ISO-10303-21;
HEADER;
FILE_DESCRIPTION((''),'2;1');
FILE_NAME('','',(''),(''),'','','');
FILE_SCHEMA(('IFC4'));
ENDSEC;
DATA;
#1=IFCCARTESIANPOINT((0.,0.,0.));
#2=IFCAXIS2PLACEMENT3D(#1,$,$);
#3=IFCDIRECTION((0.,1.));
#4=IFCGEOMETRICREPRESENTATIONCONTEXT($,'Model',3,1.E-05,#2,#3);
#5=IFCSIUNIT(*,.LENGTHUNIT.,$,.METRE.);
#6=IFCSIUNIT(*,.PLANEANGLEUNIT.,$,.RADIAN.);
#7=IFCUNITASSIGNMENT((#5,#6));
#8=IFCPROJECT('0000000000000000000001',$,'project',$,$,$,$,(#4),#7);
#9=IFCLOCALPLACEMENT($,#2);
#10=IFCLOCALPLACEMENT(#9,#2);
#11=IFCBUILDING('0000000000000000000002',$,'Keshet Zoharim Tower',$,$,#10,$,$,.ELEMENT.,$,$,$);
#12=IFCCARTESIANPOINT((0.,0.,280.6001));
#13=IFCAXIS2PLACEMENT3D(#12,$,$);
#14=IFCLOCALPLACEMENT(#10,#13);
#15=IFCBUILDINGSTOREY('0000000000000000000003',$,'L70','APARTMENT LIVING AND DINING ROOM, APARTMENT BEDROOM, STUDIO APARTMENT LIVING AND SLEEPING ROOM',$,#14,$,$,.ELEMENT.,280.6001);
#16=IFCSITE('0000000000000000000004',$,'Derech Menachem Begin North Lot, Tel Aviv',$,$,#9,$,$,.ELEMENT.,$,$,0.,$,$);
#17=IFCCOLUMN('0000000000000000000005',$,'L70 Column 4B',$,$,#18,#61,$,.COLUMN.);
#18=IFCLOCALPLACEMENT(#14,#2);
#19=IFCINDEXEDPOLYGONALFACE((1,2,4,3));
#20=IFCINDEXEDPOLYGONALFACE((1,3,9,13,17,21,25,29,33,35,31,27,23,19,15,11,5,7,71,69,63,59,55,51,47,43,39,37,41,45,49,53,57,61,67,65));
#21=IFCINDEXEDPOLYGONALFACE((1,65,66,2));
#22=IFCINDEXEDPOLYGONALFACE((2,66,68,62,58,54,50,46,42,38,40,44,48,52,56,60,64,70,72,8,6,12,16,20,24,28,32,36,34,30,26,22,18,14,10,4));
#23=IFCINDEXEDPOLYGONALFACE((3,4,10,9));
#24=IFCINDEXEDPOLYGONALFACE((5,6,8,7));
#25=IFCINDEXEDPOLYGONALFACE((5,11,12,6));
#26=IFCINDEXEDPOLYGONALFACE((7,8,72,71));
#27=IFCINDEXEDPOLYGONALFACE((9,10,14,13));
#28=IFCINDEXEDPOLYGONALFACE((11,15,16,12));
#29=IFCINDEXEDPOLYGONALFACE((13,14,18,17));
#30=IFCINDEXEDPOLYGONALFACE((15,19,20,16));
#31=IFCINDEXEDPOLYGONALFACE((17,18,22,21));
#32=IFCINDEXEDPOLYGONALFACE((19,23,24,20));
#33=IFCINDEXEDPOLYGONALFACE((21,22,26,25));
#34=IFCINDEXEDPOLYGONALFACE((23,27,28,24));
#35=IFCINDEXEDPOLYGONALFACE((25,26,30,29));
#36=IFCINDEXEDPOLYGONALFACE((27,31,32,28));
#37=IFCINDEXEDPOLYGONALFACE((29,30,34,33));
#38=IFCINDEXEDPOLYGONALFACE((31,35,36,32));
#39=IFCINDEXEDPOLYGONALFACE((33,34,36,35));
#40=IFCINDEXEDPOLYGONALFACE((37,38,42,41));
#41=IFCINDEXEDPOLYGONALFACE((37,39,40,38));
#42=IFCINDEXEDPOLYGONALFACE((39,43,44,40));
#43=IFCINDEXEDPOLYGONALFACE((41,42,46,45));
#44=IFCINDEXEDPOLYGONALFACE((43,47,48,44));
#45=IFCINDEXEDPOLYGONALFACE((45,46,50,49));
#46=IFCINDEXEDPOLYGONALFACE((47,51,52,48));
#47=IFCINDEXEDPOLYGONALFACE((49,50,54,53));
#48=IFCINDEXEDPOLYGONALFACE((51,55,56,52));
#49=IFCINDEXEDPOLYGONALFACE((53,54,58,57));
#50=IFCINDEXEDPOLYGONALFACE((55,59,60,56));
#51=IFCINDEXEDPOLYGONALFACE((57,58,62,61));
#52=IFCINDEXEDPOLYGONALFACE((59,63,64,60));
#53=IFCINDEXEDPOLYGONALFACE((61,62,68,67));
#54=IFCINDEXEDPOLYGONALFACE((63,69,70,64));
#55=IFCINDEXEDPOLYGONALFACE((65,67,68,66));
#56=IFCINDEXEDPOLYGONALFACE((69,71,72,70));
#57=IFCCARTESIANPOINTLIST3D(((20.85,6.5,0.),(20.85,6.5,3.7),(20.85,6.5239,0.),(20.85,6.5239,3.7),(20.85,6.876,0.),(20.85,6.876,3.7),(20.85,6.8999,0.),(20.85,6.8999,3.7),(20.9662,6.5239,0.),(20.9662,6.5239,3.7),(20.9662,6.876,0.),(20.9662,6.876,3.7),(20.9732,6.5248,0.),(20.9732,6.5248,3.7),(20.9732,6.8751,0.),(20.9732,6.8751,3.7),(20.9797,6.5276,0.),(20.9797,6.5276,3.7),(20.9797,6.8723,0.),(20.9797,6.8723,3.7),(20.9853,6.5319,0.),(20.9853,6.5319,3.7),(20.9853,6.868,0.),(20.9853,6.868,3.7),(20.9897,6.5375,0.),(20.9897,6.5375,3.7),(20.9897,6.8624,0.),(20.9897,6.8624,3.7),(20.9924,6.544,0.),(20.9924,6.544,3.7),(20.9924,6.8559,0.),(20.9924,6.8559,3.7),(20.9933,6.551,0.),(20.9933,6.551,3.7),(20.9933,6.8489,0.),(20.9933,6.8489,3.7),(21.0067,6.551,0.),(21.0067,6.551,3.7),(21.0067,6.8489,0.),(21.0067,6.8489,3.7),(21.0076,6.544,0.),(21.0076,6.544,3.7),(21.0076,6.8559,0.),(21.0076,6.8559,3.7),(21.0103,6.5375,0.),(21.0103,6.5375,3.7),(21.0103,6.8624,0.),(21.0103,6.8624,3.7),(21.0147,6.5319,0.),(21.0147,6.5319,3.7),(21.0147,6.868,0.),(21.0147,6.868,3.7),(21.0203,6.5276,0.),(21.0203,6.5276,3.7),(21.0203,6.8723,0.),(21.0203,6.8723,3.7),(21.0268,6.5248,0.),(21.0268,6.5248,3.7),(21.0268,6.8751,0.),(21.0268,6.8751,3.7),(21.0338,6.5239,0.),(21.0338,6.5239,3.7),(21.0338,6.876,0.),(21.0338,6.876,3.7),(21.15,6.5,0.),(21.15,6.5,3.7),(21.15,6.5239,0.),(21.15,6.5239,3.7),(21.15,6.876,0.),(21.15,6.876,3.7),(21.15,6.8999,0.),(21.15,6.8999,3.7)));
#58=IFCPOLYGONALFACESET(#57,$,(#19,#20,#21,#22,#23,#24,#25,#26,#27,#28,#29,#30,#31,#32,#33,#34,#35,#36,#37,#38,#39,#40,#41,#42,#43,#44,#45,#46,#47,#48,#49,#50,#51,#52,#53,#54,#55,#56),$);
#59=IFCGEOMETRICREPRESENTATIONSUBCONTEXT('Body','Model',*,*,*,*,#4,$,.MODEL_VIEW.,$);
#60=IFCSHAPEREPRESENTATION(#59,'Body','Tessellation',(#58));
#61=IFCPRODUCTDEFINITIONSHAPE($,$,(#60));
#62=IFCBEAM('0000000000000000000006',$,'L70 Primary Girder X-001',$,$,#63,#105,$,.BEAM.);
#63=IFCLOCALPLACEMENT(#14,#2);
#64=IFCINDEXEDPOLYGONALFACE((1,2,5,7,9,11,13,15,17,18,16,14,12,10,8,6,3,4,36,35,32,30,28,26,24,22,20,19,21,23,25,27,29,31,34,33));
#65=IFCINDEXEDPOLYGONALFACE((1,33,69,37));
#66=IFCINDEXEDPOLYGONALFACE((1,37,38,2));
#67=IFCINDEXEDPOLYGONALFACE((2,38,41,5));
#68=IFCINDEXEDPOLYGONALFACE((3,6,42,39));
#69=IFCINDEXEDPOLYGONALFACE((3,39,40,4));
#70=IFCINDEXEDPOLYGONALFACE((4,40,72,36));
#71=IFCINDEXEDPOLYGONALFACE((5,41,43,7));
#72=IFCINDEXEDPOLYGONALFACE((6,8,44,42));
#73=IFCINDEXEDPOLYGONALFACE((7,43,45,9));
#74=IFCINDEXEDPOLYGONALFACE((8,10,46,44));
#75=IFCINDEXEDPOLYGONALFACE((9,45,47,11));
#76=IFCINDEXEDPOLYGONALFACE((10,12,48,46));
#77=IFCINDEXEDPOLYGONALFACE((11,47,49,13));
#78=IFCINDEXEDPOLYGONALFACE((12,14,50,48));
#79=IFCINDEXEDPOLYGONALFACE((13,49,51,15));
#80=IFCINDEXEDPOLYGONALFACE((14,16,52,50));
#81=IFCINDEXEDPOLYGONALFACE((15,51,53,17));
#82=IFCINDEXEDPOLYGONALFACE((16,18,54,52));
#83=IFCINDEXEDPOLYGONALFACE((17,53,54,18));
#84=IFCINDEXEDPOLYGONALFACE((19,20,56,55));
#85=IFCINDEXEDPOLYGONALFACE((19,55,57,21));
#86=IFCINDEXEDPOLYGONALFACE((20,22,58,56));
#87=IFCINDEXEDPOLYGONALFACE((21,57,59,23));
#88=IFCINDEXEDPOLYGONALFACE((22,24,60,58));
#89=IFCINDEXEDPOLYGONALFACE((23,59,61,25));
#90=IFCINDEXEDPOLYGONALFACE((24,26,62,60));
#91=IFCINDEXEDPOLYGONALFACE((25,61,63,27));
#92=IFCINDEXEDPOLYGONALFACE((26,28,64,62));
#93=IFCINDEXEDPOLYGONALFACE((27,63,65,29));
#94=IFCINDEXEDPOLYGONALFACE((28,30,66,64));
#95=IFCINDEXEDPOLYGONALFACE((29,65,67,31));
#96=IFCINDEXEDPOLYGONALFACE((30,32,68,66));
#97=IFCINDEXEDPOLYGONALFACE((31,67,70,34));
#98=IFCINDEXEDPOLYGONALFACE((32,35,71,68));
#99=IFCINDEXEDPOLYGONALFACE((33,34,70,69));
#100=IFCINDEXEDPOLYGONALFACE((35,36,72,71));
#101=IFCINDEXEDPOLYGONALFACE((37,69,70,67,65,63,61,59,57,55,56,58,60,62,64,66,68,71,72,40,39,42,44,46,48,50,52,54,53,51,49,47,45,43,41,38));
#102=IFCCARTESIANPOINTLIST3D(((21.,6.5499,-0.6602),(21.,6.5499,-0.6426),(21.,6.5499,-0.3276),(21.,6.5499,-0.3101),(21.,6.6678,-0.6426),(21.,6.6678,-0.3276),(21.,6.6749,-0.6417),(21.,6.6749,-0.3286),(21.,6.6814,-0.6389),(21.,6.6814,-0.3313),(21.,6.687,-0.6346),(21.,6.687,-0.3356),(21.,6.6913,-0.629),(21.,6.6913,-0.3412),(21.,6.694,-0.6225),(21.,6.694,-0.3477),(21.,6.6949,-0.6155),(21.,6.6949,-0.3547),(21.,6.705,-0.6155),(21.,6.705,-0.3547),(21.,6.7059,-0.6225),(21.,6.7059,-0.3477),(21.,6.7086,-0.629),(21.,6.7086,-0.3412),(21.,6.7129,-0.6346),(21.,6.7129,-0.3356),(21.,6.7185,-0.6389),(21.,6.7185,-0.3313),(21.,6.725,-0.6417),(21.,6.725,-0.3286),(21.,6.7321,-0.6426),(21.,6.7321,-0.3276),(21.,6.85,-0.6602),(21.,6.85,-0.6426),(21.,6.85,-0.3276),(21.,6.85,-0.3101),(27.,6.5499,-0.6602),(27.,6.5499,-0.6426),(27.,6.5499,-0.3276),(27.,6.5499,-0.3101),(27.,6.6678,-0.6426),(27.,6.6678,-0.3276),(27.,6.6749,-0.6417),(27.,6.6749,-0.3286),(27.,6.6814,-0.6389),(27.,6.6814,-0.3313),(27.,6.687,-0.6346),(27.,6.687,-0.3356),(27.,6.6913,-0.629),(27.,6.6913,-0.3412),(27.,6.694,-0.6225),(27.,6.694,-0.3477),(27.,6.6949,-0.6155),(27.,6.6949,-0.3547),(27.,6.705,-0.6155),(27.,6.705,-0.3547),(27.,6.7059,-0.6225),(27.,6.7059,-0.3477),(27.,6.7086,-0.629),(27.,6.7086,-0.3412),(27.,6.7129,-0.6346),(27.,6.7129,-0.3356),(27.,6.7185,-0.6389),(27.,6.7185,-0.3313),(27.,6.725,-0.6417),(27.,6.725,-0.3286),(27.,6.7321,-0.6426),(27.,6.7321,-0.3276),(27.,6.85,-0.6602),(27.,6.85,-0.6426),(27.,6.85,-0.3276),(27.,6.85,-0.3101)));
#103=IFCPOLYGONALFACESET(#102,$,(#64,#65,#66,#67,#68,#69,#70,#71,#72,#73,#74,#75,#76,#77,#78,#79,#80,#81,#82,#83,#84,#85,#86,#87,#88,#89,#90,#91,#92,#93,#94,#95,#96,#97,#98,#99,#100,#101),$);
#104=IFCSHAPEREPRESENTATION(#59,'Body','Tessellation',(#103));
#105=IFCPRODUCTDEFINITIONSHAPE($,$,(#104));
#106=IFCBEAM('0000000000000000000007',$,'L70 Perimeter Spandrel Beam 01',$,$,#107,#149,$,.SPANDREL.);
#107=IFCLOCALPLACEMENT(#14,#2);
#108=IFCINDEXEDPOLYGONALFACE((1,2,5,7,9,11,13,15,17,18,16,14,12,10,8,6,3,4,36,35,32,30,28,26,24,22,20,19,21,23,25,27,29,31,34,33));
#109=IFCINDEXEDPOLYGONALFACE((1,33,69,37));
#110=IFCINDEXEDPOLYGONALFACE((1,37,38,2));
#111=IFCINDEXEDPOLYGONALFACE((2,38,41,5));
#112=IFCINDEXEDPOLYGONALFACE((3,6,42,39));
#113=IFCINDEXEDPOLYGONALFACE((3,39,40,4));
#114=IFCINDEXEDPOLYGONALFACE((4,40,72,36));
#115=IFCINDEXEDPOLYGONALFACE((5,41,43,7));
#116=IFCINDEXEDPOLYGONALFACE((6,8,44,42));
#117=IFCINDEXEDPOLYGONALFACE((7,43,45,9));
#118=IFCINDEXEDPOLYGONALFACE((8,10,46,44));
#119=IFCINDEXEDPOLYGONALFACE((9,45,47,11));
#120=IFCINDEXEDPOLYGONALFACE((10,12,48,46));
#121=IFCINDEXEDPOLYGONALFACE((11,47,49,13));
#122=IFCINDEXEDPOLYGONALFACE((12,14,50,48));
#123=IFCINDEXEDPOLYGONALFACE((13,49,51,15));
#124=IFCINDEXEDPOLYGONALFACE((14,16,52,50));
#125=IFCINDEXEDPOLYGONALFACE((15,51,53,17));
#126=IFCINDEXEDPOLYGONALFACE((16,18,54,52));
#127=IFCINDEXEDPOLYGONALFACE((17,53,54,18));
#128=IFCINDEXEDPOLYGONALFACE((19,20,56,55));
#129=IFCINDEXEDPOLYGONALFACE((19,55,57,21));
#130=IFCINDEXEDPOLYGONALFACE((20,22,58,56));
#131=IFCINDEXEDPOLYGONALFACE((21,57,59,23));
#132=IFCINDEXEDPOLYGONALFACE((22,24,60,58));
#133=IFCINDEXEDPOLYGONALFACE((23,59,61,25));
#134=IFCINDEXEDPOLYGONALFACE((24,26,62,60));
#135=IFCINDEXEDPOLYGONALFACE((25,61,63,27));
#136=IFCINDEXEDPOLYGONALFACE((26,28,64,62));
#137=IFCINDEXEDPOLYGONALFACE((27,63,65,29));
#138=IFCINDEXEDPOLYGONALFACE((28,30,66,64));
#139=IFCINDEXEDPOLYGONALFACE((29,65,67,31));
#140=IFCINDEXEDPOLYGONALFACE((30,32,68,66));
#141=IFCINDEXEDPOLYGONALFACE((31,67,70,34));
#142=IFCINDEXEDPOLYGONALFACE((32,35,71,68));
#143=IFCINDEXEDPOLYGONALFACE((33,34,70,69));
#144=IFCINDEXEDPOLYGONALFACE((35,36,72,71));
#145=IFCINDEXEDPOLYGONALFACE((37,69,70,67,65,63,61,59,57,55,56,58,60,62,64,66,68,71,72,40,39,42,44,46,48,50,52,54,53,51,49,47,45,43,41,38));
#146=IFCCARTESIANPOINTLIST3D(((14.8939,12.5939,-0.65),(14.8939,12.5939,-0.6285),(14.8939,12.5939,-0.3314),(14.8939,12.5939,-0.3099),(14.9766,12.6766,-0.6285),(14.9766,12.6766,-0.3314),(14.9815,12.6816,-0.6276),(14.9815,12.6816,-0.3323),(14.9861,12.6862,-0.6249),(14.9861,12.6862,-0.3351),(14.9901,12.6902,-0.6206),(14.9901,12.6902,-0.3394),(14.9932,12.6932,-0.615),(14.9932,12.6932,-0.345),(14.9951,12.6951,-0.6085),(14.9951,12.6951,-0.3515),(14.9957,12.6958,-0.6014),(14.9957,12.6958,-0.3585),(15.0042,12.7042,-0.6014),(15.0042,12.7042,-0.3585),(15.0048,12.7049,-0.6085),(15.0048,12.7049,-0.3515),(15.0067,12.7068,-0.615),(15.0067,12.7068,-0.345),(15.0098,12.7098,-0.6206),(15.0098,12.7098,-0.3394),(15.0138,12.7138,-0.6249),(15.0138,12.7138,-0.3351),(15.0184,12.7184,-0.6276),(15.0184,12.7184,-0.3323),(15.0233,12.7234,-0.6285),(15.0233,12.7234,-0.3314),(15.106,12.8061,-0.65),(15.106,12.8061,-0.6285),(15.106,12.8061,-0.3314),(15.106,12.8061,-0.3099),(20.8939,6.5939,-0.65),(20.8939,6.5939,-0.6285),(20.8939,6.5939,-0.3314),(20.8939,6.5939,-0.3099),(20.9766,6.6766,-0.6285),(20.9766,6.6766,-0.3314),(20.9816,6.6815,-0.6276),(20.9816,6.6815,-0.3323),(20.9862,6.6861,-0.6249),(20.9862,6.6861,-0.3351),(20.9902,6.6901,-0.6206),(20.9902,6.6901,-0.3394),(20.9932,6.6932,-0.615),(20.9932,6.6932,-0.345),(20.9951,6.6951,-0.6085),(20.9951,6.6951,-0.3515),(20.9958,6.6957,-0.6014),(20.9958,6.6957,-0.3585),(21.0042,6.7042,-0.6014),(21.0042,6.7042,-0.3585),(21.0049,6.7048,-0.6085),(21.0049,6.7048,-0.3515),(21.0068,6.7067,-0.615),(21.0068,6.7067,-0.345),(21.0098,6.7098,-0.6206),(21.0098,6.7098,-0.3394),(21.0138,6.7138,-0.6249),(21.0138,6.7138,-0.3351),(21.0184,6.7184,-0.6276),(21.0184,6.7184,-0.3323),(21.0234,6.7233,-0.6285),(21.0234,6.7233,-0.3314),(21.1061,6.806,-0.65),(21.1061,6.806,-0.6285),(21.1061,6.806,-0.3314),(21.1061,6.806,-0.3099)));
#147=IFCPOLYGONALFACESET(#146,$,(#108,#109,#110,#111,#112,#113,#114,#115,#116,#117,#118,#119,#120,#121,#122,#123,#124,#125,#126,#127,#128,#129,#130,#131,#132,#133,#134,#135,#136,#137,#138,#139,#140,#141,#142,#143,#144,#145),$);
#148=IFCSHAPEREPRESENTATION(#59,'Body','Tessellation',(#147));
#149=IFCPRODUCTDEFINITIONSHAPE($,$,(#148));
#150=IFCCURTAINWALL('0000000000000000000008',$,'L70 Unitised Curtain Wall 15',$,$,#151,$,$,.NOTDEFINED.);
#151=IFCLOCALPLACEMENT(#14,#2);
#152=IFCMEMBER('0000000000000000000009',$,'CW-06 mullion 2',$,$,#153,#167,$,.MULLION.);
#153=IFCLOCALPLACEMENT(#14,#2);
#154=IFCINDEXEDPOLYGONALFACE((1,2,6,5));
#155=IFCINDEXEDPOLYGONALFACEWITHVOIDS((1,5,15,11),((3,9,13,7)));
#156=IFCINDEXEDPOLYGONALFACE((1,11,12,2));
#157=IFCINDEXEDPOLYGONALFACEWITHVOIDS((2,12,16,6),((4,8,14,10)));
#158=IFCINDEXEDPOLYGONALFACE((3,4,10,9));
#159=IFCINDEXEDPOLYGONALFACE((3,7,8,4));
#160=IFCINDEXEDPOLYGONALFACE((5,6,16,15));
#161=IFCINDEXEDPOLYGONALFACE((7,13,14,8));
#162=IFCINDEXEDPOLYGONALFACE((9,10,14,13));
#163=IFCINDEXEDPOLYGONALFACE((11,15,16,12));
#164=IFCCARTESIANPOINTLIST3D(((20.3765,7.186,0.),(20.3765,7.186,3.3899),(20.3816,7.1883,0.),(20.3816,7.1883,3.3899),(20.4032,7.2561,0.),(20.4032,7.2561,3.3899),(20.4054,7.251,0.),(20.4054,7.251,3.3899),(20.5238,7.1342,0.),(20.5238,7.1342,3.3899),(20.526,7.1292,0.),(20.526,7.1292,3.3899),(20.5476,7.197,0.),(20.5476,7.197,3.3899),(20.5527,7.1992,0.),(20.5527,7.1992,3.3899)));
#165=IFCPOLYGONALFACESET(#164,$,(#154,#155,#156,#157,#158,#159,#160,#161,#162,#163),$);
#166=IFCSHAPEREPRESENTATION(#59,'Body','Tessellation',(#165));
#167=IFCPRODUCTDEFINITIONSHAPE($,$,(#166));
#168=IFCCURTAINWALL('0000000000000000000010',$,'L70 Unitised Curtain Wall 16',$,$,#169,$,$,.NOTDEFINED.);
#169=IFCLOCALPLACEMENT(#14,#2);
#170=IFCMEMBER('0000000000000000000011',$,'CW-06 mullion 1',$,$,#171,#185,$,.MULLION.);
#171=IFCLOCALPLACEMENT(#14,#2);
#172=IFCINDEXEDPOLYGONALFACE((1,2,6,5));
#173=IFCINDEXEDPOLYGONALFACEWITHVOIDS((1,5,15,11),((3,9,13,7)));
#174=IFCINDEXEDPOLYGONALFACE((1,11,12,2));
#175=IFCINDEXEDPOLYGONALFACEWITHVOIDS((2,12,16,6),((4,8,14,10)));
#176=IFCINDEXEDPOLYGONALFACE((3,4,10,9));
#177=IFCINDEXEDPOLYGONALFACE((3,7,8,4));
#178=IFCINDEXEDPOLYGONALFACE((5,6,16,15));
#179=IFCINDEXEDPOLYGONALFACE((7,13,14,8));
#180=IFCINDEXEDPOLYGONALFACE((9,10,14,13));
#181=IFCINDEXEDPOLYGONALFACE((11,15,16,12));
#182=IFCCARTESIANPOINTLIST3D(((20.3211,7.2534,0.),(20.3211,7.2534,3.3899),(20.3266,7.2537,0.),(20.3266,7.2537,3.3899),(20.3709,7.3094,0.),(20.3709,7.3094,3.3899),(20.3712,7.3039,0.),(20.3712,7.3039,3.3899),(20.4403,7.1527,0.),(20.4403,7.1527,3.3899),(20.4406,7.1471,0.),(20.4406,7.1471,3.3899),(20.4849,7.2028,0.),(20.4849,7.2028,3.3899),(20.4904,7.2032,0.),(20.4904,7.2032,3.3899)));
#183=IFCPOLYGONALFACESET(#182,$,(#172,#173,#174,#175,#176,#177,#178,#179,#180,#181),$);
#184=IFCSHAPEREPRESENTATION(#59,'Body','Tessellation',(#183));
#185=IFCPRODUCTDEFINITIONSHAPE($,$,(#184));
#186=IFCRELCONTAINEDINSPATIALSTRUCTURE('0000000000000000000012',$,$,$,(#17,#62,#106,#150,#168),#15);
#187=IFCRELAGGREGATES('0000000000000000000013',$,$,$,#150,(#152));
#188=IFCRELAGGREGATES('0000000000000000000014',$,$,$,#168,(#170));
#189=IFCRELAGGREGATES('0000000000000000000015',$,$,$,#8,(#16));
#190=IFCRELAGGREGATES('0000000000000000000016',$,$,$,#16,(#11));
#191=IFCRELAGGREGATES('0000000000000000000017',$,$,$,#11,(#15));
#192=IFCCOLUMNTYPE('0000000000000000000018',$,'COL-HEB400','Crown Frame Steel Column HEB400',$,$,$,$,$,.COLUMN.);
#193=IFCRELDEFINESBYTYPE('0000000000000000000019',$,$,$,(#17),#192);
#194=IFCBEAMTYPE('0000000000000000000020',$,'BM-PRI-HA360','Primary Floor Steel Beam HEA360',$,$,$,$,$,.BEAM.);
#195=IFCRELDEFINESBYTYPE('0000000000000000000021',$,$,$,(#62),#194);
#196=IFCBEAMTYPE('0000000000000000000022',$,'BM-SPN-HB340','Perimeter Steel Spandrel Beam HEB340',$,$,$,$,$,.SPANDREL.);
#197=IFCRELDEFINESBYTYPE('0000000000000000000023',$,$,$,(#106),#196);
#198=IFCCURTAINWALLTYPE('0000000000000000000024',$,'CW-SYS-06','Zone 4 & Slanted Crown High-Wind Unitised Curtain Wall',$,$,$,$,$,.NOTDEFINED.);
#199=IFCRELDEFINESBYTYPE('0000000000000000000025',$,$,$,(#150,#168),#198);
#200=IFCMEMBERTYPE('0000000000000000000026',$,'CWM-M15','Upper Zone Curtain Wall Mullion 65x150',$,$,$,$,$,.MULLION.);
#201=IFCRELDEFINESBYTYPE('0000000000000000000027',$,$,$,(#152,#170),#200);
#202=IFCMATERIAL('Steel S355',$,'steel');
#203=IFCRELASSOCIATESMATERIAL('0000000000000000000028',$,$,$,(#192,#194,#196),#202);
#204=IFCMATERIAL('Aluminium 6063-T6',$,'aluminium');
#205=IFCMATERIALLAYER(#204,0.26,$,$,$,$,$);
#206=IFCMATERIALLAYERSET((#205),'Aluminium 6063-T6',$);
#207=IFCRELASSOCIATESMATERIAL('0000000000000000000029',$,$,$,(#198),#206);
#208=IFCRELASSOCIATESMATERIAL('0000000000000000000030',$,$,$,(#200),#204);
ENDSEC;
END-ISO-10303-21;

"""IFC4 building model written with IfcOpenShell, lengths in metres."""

from ifc_helpers import new_model, si_unit, direction, frame, origin, origin_2d, place, context, subcontext, project, spatial, hollow_rectangle, i_section, extrude, material, layer, layer_set, material_profile, profile_set, type_object, element, aggregate, save


model = new_model("IFC4")

# Units and contexts
model_context = context("Model", 3, precision=1e-05, world=origin(), true_north=direction((0.0, 1.0)))
body_context = subcontext(model_context, "Body", "Model", "MODEL_VIEW")
ifc_project = project(units=[si_unit("LENGTHUNIT", "METRE"), si_unit("PLANEANGLEUNIT", "RADIAN")], contexts=[model_context])

# Site, building, storey
site_placement = place(None, origin())
site = spatial("IfcSite", under=ifc_project, at=site_placement, Name="Derech Menachem Begin North Lot, Tel Aviv", CompositionType="ELEMENT", RefElevation=0.0)
building_placement = place(site_placement, origin())
building = spatial("IfcBuilding", under=site, at=building_placement, Name="Keshet Zoharim Tower", CompositionType="ELEMENT")
storey_placement = place(building_placement, frame((0.0, 0.0, 280.6001)))
storey = spatial("IfcBuildingStorey", under=building, at=storey_placement, Name="L70", Description="APARTMENT LIVING AND DINING ROOM, APARTMENT BEDROOM, STUDIO APARTMENT LIVING AND SLEEPING ROOM", CompositionType="ELEMENT", Elevation=280.6001)

# Column
ifc_material_1 = material(Name="Steel S355", Category="steel")
ifc_material_profile_1 = material_profile(ifc_material_1, i_section(OverallWidth=0.3, OverallDepth=0.3999, WebThickness=0.0134, FlangeThickness=0.0239, FilletRadius=0.0271, at=origin_2d()), Name="HEB400")
ifc_profile_set_1 = profile_set([ifc_material_profile_1], Name="Steel S355")
column_type = type_object("IfcColumnType", Name="COL-HEB400", Description="Crown Frame Steel Column HEB400", PredefinedType="COLUMN", material=ifc_profile_set_1)
column_placement = place(storey_placement, frame((21.0, 6.7, 0.0), z_axis=(0.0, 0.0, 1.0), x_axis=(1.0, 0.0, 0.0)))
element("IfcColumn", 1, at=column_placement, inside=storey, type_object=column_type, Name="L70 Column 4B", PredefinedType="COLUMN", context=body_context, shape_type="SweptSolid", body=[
    extrude(i_section(OverallWidth=0.3, OverallDepth=0.3999, WebThickness=0.0134, FlangeThickness=0.0239, FilletRadius=0.0271, at=origin_2d()), origin(), (0.0, 0.0, 1.0), 3.7),
])

# Beams
ifc_material_profile_2 = material_profile(ifc_material_1, i_section(OverallWidth=0.3, OverallDepth=0.3501, WebThickness=0.01, FlangeThickness=0.0176, FilletRadius=0.0271, at=origin_2d()), Name="HEA360")
ifc_profile_set_2 = profile_set([ifc_material_profile_2], Name="Steel S355")
beam_type_1 = type_object("IfcBeamType", Name="BM-PRI-HA360", Description="Primary Floor Steel Beam HEA360", PredefinedType="BEAM", material=ifc_profile_set_2)
beam_1_placement = place(storey_placement, frame((21.0, 6.7, -0.4851), z_axis=(1.0, 0.0, 0.0), x_axis=(0.0, 1.0, 0.0)))
element("IfcBeam", 2, at=beam_1_placement, inside=storey, type_object=beam_type_1, Name="L70 Primary Girder X-001", PredefinedType="BEAM", context=body_context, shape_type="SweptSolid", body=[
    extrude(i_section(OverallWidth=0.3, OverallDepth=0.3501, WebThickness=0.01, FlangeThickness=0.0176, FilletRadius=0.0271, at=origin_2d()), origin(), (0.0, 0.0, 1.0), 6.0),
])
ifc_material_profile_3 = material_profile(ifc_material_1, i_section(OverallWidth=0.3, OverallDepth=0.3401, WebThickness=0.012, FlangeThickness=0.0215, FilletRadius=0.0271, at=origin_2d()), Name="HEB340")
ifc_profile_set_3 = profile_set([ifc_material_profile_3], Name="Steel S355")
beam_type_2 = type_object("IfcBeamType", Name="BM-SPN-HB340", Description="Perimeter Steel Spandrel Beam HEB340", PredefinedType="SPANDREL", material=ifc_profile_set_3)
beam_2_placement = place(storey_placement, frame((21.0, 6.7, -0.48), z_axis=(-0.707107, 0.707107, 0.0), x_axis=(-0.707107, -0.707107, 0.0)))
element("IfcBeam", 3, at=beam_2_placement, inside=storey, type_object=beam_type_2, Name="L70 Perimeter Spandrel Beam 01", PredefinedType="SPANDREL", context=body_context, shape_type="SweptSolid", body=[
    extrude(i_section(OverallWidth=0.3, OverallDepth=0.3401, WebThickness=0.012, FlangeThickness=0.0215, FilletRadius=0.0271, at=origin_2d()), origin(), (0.0, 0.0, 1.0), 8.4854),
])

# Curtain wall, member
ifc_material_2 = material(Name="Aluminium 6063-T6", Category="aluminium")
ifc_layer_1 = layer(ifc_material_2, 0.26)
ifc_layer_set_1 = layer_set([ifc_layer_1], Name="Aluminium 6063-T6")
curtain_wall_type = type_object("IfcCurtainWallType", Name="CW-SYS-06", Description="Zone 4 & Slanted Crown High-Wind Unitised Curtain Wall", PredefinedType="NOTDEFINED", material=ifc_layer_set_1)
curtain_wall_1_placement = place(storey_placement, origin())
curtain_wall_1 = element("IfcCurtainWall", 4, at=curtain_wall_1_placement, inside=storey, type_object=curtain_wall_type, Name="L70 Unitised Curtain Wall 15", PredefinedType="NOTDEFINED")
ifc_material_profile_4 = material_profile(ifc_material_2, hollow_rectangle(XDim=0.075, YDim=0.1599, WallThickness=0.0039, at=origin_2d()), Name="MUL-75x160")
ifc_profile_set_4 = profile_set([ifc_material_profile_4], Name="Aluminium 6063-T6")
member_type_1 = type_object("IfcMemberType", Name="CWM-M15", Description="Upper Zone Curtain Wall Mullion 65x150", PredefinedType="MULLION", material=ifc_profile_set_4)
member_1_placement = place(storey_placement, frame((20.4646, 7.1926, 0.0), z_axis=(0.0, 0.0, 1.0), x_axis=(-0.355439, -0.934699, 0.0)))
member_1 = element("IfcMember", 5, at=member_1_placement, type_object=member_type_1, Name="CW-06 mullion 2", PredefinedType="MULLION", context=body_context, shape_type="SweptSolid", body=[
    extrude(hollow_rectangle(XDim=0.075, YDim=0.1599, WallThickness=0.0039, at=origin_2d()), origin(), (0.0, 0.0, 1.0), 3.3899),
])

# Curtain wall, member
curtain_wall_2_placement = place(storey_placement, origin())
curtain_wall_2 = element("IfcCurtainWall", 6, at=curtain_wall_2_placement, inside=storey, type_object=curtain_wall_type, Name="L70 Unitised Curtain Wall 16", PredefinedType="NOTDEFINED")
member_2_placement = place(storey_placement, frame((20.4058, 7.2283, 0.0), z_axis=(0.0, 0.0, 1.0), x_axis=(-0.664345, -0.747427, 0.0)))
member_2 = element("IfcMember", 7, at=member_2_placement, type_object=member_type_1, Name="CW-06 mullion 1", PredefinedType="MULLION", context=body_context, shape_type="SweptSolid", body=[
    extrude(hollow_rectangle(XDim=0.075, YDim=0.1599, WallThickness=0.0039, at=origin_2d()), origin(), (0.0, 0.0, 1.0), 3.3899),
])

aggregate(curtain_wall_1, [member_1])
aggregate(curtain_wall_2, [member_2])

save(model, "model.ifc")
